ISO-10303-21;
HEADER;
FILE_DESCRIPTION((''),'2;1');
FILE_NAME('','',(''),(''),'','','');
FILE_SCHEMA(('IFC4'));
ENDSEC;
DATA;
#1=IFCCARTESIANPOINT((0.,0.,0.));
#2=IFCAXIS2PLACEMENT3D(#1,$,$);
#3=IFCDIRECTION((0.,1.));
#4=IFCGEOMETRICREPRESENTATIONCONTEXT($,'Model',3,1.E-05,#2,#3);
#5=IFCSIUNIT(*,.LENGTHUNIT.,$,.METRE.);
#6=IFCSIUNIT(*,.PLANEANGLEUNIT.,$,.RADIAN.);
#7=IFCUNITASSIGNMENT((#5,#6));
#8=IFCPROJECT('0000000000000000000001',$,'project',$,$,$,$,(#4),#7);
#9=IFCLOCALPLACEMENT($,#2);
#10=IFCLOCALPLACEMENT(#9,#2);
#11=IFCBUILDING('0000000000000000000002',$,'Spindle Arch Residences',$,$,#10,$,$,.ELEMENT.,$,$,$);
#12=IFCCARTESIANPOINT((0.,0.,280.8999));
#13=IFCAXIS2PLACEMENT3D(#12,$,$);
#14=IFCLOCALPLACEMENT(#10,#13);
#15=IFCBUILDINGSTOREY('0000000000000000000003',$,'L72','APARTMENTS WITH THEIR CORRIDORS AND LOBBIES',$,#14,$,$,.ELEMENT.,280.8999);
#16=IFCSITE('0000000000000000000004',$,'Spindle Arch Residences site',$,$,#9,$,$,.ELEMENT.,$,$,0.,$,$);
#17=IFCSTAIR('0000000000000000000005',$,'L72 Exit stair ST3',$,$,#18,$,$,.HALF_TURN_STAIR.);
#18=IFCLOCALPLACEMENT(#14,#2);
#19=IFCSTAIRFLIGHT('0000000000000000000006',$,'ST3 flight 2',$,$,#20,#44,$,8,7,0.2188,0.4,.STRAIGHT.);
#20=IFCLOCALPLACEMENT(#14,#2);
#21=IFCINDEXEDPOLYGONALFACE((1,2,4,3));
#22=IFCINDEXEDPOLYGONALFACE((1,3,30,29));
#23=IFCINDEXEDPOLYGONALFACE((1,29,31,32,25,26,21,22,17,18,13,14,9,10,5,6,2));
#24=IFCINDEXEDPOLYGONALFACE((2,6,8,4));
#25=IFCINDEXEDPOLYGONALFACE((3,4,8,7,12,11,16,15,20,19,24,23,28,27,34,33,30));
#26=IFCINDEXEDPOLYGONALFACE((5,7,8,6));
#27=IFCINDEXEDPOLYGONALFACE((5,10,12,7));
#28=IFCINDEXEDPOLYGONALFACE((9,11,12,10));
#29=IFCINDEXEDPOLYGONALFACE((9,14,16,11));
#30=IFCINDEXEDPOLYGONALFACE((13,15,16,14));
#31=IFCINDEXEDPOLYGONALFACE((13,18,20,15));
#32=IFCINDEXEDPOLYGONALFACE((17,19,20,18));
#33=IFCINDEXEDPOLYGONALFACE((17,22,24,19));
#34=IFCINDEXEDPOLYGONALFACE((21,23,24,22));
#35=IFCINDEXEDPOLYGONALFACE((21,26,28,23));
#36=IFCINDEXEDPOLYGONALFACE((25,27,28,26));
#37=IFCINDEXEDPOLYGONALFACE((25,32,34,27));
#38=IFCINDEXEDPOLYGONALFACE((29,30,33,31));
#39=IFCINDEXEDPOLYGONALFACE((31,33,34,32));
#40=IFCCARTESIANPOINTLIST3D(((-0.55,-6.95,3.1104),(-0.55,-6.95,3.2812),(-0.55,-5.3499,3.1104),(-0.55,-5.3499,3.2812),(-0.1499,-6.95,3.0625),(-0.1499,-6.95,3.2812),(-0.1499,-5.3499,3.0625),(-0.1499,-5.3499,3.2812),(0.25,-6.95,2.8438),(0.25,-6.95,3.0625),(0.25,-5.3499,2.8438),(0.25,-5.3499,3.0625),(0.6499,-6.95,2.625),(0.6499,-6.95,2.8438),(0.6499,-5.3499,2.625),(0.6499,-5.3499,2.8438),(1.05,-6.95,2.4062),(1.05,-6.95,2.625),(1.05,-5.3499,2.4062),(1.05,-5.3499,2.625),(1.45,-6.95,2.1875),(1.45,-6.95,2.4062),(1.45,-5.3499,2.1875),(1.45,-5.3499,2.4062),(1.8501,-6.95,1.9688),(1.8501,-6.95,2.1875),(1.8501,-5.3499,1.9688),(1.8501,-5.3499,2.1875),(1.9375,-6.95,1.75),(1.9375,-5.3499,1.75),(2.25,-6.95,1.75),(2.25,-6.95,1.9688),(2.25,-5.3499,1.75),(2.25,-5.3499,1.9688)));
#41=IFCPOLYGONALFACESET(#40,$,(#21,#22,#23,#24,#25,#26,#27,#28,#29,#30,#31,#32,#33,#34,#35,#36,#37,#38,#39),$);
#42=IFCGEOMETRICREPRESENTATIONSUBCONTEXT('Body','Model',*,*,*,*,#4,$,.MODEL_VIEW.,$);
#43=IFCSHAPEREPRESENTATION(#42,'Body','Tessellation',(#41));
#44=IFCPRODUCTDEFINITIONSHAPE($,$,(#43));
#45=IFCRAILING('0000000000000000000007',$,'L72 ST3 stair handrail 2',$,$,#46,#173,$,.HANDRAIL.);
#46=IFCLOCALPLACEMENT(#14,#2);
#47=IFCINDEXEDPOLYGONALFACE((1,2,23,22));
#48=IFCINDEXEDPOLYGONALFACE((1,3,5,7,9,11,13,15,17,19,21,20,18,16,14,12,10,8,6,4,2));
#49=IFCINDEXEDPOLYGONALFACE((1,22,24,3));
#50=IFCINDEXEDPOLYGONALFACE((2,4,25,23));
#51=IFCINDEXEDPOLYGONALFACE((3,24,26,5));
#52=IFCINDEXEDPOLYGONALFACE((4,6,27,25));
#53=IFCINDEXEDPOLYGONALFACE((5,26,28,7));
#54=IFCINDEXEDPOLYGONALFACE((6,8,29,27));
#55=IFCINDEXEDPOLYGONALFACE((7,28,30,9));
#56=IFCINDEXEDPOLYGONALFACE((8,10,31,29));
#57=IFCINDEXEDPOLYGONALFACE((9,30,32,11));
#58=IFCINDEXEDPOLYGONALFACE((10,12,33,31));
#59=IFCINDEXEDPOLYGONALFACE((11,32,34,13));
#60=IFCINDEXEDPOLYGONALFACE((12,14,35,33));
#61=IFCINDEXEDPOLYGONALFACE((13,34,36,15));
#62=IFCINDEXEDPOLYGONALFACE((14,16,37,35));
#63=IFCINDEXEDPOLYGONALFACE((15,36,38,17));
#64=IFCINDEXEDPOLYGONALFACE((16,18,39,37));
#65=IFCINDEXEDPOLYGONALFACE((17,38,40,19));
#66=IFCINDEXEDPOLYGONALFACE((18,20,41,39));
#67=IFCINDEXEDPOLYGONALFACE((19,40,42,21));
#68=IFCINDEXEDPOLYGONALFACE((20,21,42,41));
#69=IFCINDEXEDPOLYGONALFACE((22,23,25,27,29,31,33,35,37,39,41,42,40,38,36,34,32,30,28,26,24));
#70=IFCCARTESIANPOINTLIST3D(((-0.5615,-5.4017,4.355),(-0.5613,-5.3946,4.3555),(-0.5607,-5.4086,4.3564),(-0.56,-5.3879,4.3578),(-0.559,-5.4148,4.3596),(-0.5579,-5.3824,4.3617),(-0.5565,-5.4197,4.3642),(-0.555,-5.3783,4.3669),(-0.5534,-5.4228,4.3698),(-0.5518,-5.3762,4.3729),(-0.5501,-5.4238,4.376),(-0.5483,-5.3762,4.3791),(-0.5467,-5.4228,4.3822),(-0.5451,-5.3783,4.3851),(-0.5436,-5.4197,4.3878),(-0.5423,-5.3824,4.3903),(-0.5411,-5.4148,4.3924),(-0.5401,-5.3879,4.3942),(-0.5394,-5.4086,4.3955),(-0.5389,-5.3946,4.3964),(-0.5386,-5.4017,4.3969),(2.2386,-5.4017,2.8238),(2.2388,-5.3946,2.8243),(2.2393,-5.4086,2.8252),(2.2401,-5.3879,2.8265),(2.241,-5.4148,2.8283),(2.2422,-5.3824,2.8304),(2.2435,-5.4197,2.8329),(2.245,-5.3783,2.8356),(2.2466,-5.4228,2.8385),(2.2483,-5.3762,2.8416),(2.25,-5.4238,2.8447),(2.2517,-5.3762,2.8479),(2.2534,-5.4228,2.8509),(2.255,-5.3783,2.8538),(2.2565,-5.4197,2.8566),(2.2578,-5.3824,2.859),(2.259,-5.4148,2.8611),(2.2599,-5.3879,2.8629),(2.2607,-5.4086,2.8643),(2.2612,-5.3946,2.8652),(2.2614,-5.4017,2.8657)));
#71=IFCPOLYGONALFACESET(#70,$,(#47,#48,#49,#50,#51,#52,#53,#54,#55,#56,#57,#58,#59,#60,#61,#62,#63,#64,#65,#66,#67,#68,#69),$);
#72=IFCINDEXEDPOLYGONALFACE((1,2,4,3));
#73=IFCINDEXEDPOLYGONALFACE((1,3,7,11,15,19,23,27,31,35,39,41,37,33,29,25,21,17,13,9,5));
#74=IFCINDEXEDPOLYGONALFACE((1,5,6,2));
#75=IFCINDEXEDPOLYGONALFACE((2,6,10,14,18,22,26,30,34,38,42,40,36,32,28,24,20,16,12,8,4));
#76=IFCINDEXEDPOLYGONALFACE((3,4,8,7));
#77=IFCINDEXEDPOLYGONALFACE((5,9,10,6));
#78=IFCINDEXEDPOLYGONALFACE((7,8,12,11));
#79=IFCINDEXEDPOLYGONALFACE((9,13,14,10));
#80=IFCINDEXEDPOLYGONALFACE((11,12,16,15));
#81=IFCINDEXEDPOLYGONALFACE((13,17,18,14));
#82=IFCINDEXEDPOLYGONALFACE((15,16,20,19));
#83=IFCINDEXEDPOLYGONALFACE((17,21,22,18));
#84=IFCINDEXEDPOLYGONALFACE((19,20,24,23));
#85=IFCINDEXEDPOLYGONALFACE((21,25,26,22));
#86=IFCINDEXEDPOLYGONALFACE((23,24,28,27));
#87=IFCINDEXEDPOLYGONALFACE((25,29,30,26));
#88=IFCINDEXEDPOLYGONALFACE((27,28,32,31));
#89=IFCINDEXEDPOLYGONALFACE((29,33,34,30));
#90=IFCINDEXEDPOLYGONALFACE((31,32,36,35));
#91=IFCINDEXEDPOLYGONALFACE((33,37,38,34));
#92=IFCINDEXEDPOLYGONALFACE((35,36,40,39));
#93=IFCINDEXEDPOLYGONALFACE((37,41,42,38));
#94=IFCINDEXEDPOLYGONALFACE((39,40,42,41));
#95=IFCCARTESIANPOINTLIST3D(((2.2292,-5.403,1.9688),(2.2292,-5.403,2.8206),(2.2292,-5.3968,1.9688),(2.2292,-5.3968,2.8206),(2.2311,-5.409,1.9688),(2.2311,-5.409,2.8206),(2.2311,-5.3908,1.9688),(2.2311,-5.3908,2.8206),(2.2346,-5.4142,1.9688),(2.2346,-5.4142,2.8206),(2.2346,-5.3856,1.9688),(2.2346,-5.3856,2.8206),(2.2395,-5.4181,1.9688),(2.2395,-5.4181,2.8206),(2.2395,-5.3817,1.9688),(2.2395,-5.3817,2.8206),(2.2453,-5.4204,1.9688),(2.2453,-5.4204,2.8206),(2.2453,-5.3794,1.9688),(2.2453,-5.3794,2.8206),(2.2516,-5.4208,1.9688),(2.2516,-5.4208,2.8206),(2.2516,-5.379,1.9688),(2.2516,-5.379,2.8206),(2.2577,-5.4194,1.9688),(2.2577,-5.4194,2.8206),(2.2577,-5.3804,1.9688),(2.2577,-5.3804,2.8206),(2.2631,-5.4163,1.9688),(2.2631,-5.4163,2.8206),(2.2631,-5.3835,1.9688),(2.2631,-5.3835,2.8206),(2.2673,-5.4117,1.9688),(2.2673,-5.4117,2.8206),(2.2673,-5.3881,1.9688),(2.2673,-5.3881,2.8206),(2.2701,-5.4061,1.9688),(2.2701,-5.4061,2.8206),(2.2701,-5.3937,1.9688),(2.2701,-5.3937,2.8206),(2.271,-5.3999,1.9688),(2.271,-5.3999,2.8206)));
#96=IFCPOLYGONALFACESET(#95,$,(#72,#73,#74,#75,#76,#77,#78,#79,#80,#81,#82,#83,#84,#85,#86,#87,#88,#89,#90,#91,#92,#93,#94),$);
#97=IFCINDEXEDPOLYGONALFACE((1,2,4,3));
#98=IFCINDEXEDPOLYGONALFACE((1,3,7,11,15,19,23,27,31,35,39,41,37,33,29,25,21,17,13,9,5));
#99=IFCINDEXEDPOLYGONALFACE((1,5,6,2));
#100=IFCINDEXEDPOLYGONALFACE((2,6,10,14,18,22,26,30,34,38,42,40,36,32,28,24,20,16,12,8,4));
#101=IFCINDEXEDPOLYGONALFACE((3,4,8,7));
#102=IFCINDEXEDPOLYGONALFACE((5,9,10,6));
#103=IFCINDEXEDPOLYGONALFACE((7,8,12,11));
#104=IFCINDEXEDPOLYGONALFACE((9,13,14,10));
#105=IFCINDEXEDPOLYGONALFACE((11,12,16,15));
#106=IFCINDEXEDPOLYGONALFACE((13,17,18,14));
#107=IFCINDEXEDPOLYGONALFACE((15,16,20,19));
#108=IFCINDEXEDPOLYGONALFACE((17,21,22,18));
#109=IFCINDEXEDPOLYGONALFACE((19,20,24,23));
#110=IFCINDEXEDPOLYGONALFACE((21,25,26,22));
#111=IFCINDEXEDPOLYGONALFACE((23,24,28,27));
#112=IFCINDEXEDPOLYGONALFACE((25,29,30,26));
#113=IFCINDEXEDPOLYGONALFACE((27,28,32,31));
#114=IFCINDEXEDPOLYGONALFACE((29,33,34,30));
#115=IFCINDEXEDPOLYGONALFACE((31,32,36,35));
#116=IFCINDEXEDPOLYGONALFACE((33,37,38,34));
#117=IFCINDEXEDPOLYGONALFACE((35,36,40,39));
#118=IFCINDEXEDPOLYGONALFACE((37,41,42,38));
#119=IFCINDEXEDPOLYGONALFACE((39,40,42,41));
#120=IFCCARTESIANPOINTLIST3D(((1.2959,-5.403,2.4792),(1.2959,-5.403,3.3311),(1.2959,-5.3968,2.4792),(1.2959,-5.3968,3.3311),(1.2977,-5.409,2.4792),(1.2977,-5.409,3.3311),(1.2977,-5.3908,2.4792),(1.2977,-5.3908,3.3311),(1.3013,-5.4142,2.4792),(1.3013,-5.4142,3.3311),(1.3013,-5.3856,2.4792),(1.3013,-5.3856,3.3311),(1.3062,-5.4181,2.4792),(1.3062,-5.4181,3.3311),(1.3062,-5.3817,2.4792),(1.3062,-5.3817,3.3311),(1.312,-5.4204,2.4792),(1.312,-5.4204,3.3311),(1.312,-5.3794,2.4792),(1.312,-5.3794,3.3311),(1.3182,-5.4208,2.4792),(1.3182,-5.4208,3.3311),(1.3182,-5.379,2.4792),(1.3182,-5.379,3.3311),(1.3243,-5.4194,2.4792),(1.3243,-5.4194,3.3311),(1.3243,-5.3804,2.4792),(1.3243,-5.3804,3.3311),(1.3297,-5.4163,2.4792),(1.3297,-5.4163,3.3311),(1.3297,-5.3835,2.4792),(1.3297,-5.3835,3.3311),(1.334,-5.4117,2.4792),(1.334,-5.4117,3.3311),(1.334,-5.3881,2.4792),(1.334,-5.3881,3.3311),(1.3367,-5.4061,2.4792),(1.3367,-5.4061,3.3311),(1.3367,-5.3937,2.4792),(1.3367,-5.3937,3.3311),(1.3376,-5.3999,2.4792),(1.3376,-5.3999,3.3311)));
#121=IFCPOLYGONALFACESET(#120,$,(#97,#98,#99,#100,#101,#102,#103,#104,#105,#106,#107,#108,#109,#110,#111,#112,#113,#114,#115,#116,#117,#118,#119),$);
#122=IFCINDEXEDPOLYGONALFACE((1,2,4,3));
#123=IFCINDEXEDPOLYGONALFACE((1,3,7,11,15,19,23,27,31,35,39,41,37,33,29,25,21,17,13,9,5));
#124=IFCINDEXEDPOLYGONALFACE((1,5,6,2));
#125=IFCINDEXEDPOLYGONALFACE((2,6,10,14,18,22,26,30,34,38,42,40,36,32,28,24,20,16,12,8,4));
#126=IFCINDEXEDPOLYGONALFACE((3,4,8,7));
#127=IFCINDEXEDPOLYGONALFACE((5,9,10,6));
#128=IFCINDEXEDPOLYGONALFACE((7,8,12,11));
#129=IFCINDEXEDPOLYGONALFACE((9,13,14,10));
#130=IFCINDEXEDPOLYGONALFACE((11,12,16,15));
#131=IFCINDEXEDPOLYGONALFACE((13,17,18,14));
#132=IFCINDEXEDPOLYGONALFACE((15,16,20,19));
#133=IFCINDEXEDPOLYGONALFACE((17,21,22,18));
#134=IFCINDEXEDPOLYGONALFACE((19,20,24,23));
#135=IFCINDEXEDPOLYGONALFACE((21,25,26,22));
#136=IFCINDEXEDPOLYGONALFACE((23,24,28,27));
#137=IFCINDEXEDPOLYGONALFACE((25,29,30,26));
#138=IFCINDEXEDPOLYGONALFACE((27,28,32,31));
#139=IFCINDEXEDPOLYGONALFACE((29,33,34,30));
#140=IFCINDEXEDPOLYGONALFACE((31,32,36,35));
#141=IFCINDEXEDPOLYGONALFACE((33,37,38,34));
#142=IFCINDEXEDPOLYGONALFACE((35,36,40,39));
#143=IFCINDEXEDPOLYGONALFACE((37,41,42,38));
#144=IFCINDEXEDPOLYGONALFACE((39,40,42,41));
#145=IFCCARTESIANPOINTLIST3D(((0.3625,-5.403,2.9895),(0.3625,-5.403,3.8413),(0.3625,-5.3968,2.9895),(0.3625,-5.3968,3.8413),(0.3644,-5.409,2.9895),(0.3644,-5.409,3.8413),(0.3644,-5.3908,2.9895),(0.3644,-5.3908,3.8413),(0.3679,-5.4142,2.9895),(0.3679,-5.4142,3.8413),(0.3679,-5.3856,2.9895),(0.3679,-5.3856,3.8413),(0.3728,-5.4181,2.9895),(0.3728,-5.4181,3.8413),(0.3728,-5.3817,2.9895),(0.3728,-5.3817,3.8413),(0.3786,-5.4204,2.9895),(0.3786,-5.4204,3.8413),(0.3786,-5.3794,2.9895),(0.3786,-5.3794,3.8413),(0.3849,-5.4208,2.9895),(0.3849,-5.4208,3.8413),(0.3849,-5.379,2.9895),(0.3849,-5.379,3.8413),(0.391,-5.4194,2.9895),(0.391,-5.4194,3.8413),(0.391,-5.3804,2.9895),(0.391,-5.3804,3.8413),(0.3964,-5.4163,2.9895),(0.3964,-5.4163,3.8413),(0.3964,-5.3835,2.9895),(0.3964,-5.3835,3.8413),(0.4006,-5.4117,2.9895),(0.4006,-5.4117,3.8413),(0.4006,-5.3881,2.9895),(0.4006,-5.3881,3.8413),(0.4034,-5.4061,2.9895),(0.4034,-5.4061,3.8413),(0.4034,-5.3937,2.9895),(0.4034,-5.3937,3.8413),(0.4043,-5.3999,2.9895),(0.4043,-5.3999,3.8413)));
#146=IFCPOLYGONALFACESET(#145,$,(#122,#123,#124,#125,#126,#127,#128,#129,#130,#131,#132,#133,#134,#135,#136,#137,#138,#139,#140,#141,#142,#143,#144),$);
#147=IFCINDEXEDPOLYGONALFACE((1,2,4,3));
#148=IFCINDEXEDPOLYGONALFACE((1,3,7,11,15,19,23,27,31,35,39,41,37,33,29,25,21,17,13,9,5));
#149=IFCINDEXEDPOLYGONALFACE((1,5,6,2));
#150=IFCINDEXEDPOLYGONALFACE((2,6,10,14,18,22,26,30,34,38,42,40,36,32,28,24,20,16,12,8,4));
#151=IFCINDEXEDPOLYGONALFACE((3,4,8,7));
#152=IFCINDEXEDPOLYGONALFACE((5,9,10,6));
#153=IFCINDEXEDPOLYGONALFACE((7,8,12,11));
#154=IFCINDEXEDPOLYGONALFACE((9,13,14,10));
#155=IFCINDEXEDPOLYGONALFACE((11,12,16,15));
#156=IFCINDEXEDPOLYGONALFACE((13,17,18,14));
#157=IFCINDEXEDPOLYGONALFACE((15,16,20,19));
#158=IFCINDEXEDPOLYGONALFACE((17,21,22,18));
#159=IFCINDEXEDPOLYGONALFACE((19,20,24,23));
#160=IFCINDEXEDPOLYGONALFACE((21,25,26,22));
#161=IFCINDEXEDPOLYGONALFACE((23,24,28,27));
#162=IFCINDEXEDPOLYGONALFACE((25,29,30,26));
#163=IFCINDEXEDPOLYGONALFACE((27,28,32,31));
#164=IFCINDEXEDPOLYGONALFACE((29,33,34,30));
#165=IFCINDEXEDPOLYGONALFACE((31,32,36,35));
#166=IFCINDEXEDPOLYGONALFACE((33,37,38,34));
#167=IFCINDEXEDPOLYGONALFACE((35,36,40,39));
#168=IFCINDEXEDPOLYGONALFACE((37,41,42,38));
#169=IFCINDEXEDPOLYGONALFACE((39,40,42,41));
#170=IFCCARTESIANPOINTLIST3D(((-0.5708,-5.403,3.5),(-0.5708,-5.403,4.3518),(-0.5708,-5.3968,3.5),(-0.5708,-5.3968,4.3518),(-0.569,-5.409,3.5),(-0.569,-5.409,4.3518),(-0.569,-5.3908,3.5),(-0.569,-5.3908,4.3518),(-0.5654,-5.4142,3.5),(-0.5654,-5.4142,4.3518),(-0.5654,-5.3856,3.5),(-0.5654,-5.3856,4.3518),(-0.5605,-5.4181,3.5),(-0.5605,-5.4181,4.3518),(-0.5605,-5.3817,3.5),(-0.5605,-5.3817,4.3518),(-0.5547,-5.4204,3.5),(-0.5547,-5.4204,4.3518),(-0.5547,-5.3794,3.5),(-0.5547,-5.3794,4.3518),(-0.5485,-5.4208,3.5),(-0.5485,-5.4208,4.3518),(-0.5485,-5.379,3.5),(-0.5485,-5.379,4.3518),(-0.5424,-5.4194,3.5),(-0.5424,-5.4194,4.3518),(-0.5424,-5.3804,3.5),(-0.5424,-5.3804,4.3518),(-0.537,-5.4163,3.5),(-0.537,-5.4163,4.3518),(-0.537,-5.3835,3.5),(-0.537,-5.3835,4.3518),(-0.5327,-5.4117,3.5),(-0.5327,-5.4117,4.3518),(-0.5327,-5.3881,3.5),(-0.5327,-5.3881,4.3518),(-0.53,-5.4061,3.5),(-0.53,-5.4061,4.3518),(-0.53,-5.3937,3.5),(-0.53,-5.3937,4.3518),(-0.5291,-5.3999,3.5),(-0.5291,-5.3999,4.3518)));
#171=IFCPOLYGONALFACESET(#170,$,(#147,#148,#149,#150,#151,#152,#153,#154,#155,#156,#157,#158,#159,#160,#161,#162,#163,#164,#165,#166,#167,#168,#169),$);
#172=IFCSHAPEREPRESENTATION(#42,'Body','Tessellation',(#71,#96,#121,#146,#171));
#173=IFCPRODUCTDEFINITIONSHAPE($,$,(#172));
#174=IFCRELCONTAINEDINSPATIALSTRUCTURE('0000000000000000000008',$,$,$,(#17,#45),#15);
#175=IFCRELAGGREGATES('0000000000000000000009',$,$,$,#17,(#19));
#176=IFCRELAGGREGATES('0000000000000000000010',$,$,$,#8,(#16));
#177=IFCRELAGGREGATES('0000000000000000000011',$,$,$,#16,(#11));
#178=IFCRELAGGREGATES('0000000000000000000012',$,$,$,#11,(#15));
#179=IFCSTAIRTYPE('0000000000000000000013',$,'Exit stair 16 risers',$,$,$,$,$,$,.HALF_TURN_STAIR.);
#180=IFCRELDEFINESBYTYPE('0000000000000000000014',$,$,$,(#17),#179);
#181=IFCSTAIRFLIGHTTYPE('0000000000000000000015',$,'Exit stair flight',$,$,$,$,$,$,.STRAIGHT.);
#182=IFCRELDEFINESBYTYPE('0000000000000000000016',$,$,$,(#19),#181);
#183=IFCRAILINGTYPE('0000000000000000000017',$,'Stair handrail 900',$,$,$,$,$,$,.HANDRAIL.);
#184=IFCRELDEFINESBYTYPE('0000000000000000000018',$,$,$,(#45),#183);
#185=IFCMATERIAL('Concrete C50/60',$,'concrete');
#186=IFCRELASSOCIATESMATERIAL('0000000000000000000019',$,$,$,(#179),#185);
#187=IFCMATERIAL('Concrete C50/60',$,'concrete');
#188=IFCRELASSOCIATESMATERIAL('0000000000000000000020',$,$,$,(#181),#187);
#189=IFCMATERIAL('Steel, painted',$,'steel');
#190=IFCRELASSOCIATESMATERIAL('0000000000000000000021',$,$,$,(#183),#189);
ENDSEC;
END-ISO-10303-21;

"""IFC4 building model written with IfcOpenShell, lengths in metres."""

from ifc_helpers import new_model, si_unit, direction, frame, origin, origin_2d, place, context, subcontext, project, spatial, polyline, circle, outline, extrude, material, type_object, element, aggregate, save


model = new_model("IFC4")

# Units and contexts
model_context = context("Model", 3, precision=1e-05, world=origin(), true_north=direction((0.0, 1.0)))
body_context = subcontext(model_context, "Body", "Model", "MODEL_VIEW")
ifc_project = project(units=[si_unit("LENGTHUNIT", "METRE"), si_unit("PLANEANGLEUNIT", "RADIAN")], contexts=[model_context])

# Site, building, storey
site_placement = place(None, origin())
site = spatial("IfcSite", under=ifc_project, at=site_placement, Name="Spindle Arch Residences site", CompositionType="ELEMENT", RefElevation=0.0)
building_placement = place(site_placement, origin())
building = spatial("IfcBuilding", under=site, at=building_placement, Name="Spindle Arch Residences", CompositionType="ELEMENT")
storey_placement = place(building_placement, frame((0.0, 0.0, 280.8999)))
storey = spatial("IfcBuildingStorey", under=building, at=storey_placement, Name="L72", Description="APARTMENTS WITH THEIR CORRIDORS AND LOBBIES", CompositionType="ELEMENT", Elevation=280.8999)

# Stair
ifc_material_1 = material(Name="Concrete C50/60", Category="concrete")
stair_type = type_object("IfcStairType", Name="Exit stair 16 risers", PredefinedType="HALF_TURN_STAIR", material=ifc_material_1)
stair_1_placement = place(storey_placement, origin())
stair_1 = element("IfcStair", 1, at=stair_1_placement, inside=storey, type_object=stair_type, Name="L72 Exit stair ST3", PredefinedType="HALF_TURN_STAIR")

# Stair flight
ifc_material_2 = material(Name="Concrete C50/60", Category="concrete")
stair_flight_type = type_object("IfcStairFlightType", Name="Exit stair flight", PredefinedType="STRAIGHT", material=ifc_material_2)
stair_flight_placement = place(storey_placement, frame((2.25, -6.1499, 1.75), z_axis=(0.0, 0.0, 1.0), x_axis=(-1.0, 0.0, 0.0)))
stair_flight = element("IfcStairFlight", 2, at=stair_flight_placement, type_object=stair_flight_type, Name="ST3 flight 2", NumberOfRisers=8, NumberOfTreads=7, PredefinedType="STRAIGHT", RiserHeight=0.2188, TreadLength=0.4, context=body_context, shape_type="SweptSolid", body=[
    extrude(outline(polyline([(0.0, 0.0), (0.0, 0.2188), (0.3999, 0.2188), (0.3999, 0.4375), (0.8, 0.4375), (0.8, 0.6562), (1.2, 0.6562), (1.2, 0.875), (1.6001, 0.875), (1.6001, 1.0938), (2.0, 1.0938), (2.0, 1.3125), (2.3999, 1.3125), (2.3999, 1.5312), (2.8, 1.5312), (2.8, 1.75), (2.8, 1.3604), (0.3125, 0.0), (0.0, 0.0)])), frame((0.0, 0.8, 0.0), z_axis=(0.0, -1.0, 0.0), x_axis=(1.0, 0.0, 0.0)), (0.0, 0.0, 1.0), 1.6001),
])
aggregate(stair_1, [stair_flight])

# Railing
ifc_material_3 = material(Name="Steel, painted", Category="steel")
railing_type_1 = type_object("IfcRailingType", Name="Stair handrail 900", PredefinedType="HANDRAIL", material=ifc_material_3)
railing_1_placement = place(storey_placement, frame((2.25, -5.3999, 1.9688)))
element("IfcRailing", 3, at=railing_1_placement, inside=storey, type_object=railing_type_1, Name="L72 ST3 stair handrail 2", PredefinedType="HANDRAIL", context=body_context, shape_type="SweptSolid", body=[
    extrude(circle(Radius=0.0239, at=origin_2d()), frame((0.0, 0.0, 0.876), z_axis=(-0.877375, 0.0, 0.479806), x_axis=(0.0, -1.0, 0.0)), (0.0, 0.0, 1.0), 3.1914),
    extrude(circle(Radius=0.021, at=origin_2d()), origin(), (0.0, 0.0, 1.0), 0.8518),
    extrude(circle(Radius=0.021, at=origin_2d()), frame((-0.9333, 0.0, 0.5105)), (0.0, 0.0, 1.0), 0.8518),
    extrude(circle(Radius=0.021, at=origin_2d()), frame((-1.8667, 0.0, 1.0208)), (0.0, 0.0, 1.0), 0.8518),
    extrude(circle(Radius=0.021, at=origin_2d()), frame((-2.8, 0.0, 1.5312)), (0.0, 0.0, 1.0), 0.8518),
])

save(model, "model.ifc")
